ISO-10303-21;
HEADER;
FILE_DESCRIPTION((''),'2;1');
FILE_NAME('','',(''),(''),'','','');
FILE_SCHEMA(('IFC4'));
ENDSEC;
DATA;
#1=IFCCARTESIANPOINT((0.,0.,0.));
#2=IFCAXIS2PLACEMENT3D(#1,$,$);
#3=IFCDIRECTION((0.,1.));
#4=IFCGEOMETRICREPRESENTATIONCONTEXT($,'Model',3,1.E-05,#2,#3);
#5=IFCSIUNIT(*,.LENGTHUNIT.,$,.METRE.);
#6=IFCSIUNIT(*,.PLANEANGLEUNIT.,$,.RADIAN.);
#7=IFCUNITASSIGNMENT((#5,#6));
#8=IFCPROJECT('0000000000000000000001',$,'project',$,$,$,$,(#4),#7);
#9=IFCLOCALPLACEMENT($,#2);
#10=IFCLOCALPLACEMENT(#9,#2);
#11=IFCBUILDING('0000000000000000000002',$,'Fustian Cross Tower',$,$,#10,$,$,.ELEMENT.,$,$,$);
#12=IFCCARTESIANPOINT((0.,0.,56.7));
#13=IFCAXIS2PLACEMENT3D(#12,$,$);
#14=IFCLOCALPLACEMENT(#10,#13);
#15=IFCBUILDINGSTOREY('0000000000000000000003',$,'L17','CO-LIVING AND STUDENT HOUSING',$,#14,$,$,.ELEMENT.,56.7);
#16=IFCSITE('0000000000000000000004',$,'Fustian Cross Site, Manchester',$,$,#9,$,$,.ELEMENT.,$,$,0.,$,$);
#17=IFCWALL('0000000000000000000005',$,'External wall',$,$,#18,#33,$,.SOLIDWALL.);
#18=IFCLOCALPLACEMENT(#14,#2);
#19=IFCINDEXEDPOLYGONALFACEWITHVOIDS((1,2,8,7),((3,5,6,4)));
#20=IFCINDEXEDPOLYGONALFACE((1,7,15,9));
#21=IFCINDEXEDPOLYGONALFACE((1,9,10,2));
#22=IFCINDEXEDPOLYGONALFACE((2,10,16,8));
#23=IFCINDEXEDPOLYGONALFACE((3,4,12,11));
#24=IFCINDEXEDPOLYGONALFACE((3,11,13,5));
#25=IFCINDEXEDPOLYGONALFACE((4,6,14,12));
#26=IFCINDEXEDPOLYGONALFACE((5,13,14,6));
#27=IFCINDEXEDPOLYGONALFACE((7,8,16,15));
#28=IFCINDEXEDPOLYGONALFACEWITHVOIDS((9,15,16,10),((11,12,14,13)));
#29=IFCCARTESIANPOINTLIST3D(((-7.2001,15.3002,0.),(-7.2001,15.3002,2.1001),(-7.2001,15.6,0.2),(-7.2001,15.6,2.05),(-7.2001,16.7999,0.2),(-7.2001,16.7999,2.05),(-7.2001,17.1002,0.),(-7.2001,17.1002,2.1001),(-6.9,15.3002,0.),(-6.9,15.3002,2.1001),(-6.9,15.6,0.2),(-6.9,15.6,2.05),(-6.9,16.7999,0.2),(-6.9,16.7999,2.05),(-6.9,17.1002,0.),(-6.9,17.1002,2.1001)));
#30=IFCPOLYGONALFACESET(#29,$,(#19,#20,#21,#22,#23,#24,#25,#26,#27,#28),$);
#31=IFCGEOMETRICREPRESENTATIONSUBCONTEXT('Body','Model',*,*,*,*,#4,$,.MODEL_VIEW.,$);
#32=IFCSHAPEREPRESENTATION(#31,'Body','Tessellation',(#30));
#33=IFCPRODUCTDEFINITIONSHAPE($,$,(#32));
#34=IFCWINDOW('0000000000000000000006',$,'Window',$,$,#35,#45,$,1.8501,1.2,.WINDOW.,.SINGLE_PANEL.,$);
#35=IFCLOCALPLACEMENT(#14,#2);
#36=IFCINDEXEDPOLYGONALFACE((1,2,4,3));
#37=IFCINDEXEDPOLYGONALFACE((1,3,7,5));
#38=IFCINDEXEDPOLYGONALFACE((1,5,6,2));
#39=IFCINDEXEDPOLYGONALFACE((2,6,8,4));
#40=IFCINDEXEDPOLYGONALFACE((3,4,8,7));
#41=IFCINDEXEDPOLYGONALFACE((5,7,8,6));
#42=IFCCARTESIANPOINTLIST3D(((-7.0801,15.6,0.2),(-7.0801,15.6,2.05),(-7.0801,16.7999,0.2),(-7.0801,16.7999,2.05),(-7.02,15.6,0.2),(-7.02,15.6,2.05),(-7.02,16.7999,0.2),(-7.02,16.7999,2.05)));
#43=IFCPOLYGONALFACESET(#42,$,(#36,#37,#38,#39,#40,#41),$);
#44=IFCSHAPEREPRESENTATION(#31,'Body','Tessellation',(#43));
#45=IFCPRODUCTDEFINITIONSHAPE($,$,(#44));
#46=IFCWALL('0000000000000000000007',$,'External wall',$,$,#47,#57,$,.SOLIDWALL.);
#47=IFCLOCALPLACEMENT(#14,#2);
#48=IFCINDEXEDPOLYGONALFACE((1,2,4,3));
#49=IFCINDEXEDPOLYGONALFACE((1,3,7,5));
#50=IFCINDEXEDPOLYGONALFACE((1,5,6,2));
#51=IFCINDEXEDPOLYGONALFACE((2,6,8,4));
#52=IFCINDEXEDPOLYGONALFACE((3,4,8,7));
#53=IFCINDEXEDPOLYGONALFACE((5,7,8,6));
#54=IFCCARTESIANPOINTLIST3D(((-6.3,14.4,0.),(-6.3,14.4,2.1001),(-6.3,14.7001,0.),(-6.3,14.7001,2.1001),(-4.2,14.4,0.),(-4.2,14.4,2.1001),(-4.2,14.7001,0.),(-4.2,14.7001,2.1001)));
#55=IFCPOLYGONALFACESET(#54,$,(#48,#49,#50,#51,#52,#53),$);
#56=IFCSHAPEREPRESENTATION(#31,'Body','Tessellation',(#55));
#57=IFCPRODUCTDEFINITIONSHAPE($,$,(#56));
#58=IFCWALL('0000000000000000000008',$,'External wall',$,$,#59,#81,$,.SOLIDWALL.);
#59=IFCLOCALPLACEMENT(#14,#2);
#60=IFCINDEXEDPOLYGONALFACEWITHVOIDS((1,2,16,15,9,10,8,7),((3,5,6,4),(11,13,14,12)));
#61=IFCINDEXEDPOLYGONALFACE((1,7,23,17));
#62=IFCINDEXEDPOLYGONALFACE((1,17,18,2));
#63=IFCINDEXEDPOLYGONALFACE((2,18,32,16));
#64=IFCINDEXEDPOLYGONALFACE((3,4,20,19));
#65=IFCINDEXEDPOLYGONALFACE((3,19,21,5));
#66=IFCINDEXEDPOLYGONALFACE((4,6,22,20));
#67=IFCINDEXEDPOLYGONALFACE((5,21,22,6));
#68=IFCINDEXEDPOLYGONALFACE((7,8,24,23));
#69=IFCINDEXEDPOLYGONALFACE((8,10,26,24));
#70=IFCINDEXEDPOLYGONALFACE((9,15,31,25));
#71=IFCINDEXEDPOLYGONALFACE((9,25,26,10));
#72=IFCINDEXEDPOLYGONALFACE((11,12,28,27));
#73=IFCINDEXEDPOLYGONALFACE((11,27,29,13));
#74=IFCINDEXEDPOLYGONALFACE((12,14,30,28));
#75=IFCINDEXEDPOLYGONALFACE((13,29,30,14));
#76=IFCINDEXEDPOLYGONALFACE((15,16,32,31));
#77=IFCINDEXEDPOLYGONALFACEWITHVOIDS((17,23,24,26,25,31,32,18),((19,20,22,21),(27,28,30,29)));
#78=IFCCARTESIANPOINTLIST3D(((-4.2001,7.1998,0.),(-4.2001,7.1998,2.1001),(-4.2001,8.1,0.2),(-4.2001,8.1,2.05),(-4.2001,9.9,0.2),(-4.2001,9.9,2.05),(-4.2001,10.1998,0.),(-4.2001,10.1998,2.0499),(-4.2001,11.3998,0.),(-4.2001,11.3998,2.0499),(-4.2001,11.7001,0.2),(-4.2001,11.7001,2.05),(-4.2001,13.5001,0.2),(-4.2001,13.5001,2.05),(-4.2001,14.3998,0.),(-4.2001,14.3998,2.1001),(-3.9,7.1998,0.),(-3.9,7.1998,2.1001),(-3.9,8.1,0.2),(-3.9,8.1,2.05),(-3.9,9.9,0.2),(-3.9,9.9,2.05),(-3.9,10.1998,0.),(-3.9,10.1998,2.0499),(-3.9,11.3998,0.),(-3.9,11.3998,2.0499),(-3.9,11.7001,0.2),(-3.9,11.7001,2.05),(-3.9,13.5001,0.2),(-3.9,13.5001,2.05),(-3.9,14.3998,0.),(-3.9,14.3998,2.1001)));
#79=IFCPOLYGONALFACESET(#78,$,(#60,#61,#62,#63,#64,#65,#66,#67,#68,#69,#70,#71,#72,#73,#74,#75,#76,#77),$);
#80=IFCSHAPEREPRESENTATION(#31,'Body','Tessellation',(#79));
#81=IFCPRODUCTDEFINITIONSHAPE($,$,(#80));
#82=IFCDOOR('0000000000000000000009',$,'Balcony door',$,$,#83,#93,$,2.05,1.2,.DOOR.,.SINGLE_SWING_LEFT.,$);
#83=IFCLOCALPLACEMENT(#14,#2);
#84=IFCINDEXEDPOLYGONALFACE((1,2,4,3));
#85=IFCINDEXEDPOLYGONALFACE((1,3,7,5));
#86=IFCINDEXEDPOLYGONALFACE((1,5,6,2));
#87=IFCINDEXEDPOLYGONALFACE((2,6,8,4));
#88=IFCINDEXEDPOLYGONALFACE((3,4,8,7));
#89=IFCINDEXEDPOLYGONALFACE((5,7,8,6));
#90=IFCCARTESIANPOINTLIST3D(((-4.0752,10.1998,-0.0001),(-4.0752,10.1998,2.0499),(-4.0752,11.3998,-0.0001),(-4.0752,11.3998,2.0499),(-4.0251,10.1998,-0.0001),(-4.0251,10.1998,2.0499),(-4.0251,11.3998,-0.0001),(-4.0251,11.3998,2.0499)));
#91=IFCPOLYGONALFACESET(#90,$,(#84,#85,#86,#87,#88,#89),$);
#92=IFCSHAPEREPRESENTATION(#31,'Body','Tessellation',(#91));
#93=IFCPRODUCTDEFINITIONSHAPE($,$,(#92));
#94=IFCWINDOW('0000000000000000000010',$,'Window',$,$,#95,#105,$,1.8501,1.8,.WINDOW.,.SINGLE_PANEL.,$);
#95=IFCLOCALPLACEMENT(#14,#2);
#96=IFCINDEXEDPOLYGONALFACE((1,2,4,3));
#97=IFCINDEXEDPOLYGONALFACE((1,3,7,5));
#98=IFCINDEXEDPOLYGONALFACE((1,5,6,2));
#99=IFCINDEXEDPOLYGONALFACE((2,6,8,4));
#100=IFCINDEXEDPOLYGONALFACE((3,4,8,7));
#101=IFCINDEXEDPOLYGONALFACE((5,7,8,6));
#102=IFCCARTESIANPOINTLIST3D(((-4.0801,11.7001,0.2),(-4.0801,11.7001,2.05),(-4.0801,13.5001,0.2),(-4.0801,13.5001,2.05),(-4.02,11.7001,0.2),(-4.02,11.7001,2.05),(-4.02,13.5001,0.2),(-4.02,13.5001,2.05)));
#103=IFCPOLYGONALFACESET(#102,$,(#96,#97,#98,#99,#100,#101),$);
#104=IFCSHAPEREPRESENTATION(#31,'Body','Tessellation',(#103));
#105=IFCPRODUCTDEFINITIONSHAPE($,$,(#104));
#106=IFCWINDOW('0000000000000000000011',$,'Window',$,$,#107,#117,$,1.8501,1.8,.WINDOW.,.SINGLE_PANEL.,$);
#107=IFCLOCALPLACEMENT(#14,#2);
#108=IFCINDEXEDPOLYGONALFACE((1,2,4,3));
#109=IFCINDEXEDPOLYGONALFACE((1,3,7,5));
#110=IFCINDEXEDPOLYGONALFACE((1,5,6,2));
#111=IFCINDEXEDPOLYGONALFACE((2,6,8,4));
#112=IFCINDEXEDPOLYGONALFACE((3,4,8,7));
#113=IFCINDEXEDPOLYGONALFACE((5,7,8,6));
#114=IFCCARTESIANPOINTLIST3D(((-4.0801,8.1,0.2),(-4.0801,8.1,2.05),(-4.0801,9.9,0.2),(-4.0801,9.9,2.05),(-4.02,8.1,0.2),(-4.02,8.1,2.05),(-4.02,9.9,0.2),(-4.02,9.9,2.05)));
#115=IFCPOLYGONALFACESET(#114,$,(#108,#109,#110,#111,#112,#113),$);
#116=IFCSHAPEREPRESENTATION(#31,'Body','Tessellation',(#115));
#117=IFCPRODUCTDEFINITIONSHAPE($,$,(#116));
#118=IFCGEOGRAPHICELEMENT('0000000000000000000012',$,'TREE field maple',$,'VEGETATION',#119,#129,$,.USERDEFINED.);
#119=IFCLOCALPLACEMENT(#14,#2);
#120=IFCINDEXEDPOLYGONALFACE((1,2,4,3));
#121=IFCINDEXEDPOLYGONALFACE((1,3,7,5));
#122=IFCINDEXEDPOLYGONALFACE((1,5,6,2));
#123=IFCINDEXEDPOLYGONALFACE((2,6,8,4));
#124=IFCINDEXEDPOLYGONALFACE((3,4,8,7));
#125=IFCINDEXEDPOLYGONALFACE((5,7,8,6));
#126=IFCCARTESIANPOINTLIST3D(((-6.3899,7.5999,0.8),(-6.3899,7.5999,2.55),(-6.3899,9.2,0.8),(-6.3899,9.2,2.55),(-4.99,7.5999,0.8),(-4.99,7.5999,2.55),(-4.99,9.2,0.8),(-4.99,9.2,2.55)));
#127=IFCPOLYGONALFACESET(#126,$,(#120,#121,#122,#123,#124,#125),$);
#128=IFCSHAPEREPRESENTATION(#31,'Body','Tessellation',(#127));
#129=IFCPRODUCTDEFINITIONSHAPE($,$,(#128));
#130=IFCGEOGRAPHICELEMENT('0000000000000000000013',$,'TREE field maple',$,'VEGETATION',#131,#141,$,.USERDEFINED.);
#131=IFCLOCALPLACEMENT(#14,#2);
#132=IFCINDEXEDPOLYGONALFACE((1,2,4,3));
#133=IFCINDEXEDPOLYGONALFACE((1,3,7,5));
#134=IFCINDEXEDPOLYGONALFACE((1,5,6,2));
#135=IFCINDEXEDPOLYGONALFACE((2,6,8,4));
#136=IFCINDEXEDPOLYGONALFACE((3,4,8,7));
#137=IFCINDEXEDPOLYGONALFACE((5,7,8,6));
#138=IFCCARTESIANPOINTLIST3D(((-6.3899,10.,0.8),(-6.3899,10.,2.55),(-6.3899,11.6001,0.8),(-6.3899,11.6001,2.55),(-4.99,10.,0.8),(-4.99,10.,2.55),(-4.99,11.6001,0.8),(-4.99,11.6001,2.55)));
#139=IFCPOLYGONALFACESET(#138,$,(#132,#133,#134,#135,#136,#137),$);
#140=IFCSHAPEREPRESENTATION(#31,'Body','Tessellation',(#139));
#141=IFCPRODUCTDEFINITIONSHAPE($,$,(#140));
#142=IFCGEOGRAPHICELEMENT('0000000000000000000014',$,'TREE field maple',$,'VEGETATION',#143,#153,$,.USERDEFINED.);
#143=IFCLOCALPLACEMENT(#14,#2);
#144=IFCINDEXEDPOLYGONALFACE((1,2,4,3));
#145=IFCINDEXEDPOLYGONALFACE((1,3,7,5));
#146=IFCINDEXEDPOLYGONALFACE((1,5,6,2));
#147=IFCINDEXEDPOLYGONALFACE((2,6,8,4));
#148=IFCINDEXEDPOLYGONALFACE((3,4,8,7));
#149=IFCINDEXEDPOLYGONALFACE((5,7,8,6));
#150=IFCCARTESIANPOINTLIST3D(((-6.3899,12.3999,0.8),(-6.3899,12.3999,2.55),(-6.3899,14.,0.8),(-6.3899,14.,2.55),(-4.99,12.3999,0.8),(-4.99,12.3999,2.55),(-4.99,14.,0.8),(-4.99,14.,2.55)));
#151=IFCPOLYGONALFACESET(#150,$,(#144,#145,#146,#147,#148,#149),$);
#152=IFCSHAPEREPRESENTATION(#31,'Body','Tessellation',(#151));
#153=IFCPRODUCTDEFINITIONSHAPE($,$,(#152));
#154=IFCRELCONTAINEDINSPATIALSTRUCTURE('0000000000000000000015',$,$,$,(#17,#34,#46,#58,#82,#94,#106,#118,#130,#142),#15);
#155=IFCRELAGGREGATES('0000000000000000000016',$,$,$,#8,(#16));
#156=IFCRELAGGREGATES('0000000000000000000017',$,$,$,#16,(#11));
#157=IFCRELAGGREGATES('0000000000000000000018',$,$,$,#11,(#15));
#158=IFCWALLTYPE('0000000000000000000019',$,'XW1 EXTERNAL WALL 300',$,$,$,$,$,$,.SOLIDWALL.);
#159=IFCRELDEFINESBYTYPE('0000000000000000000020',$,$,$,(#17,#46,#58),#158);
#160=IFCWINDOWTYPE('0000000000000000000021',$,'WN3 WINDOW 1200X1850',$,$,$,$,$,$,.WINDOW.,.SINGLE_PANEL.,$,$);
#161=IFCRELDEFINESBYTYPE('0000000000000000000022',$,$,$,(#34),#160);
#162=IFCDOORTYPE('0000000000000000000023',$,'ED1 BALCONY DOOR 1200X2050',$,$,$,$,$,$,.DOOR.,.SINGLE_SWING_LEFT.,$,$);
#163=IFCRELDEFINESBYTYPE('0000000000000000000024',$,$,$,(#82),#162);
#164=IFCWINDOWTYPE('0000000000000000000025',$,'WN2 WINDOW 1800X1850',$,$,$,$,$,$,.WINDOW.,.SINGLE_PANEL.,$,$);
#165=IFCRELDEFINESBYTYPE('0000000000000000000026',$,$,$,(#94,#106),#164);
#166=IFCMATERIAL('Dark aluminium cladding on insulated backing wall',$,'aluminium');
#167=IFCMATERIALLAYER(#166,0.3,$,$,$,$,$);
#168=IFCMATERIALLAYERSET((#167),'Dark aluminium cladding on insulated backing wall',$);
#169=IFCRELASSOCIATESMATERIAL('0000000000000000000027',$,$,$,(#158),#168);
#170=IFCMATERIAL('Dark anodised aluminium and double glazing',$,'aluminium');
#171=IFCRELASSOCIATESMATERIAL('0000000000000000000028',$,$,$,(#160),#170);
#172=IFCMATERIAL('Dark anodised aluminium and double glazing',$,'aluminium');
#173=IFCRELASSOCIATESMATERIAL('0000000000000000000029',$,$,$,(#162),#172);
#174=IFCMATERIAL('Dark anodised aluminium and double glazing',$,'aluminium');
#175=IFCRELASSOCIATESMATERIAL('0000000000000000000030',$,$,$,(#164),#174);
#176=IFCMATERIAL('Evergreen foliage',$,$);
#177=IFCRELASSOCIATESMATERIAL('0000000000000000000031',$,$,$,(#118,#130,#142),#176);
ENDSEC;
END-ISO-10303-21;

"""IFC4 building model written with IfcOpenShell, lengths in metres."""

from ifc_helpers import new_model, si_unit, direction, frame, frame_2d, origin, origin_2d, place, context, subcontext, project, spatial, rectangle, extrude, material, layer, layer_set, type_object, element, fill, save


model = new_model("IFC4")

# Units and contexts
model_context = context("Model", 3, precision=1e-05, world=origin(), true_north=direction((0.0, 1.0)))
body_context = subcontext(model_context, "Body", "Model", "MODEL_VIEW")
ifc_project = project(units=[si_unit("LENGTHUNIT", "METRE"), si_unit("PLANEANGLEUNIT", "RADIAN")], contexts=[model_context])

# Site, building, storey
site_placement = place(None, origin())
site = spatial("IfcSite", under=ifc_project, at=site_placement, Name="Fustian Cross Site, Manchester", CompositionType="ELEMENT", RefElevation=0.0)
building_placement = place(site_placement, origin())
building = spatial("IfcBuilding", under=site, at=building_placement, Name="Fustian Cross Tower", CompositionType="ELEMENT")
storey_placement = place(building_placement, frame((0.0, 0.0, 56.7)))
storey = spatial("IfcBuildingStorey", under=building, at=storey_placement, Name="L17", Description="CO-LIVING AND STUDENT HOUSING", CompositionType="ELEMENT", Elevation=56.7)

# Wall, opening, window
ifc_material_1 = material(Name="Dark aluminium cladding on insulated backing wall", Category="aluminium")
ifc_layer_1 = layer(ifc_material_1, 0.3)
ifc_layer_set_1 = layer_set([ifc_layer_1], Name="Dark aluminium cladding on insulated backing wall")
wall_type_1 = type_object("IfcWallType", Name="XW1 EXTERNAL WALL 300", PredefinedType="SOLIDWALL", material=ifc_layer_set_1)
wall_1_placement = place(storey_placement, frame((-7.05, 17.1001, 0.0), z_axis=(0.0, 0.0, 1.0), x_axis=(0.0, -1.0, 0.0)))
wall_1 = element("IfcWall", 1, at=wall_1_placement, inside=storey, type_object=wall_type_1, Name="External wall", PredefinedType="SOLIDWALL", context=body_context, shape_type="SweptSolid", body=[
    extrude(rectangle(XDim=1.8, YDim=0.3, at=frame_2d((0.8999, 0.0))), origin(), (0.0, 0.0, 1.0), 2.1001),
])
opening_1_placement = place(wall_1_placement, frame((0.3, 0.0, 0.2)))
opening_1 = element("IfcOpeningElement", 2, at=opening_1_placement, cuts=wall_1, PredefinedType="OPENING", context=body_context, shape_type="SweptSolid", body=[
    extrude(rectangle(XDim=1.2, YDim=1.8501, at=frame_2d((0.6001, 0.925))), frame((0.0, 0.1599, 0.0), z_axis=(0.0, -1.0, 0.0), x_axis=(1.0, 0.0, 0.0)), (0.0, 0.0, 1.0), 0.3201),
])
ifc_material_2 = material(Name="Dark anodised aluminium and double glazing", Category="aluminium")
window_type_1 = type_object("IfcWindowType", Name="WN3 WINDOW 1200X1850", PartitioningType="SINGLE_PANEL", PredefinedType="WINDOW", material=ifc_material_2)
window_1_placement = place(opening_1_placement, origin())
window_1 = element("IfcWindow", 3, at=window_1_placement, inside=storey, type_object=window_type_1, Name="Window", OverallHeight=1.8501, OverallWidth=1.2, PartitioningType="SINGLE_PANEL", PredefinedType="WINDOW", context=body_context, shape_type="SweptSolid", body=[
    extrude(rectangle(XDim=1.2, YDim=1.8501, at=frame_2d((0.6001, 0.925))), frame((0.0, 0.03, 0.0), z_axis=(0.0, -1.0, 0.0), x_axis=(1.0, 0.0, 0.0)), (0.0, 0.0, 1.0), 0.0601),
])
fill(opening_1, window_1)

# Wall
wall_2_placement = place(storey_placement, frame((-6.3, 14.55, 0.0), z_axis=(0.0, 0.0, 1.0), x_axis=(1.0, 0.0, 0.0)))
element("IfcWall", 4, at=wall_2_placement, inside=storey, type_object=wall_type_1, Name="External wall", PredefinedType="SOLIDWALL", context=body_context, shape_type="SweptSolid", body=[
    extrude(rectangle(XDim=2.1001, YDim=0.3, at=frame_2d((1.05, 0.0))), origin(), (0.0, 0.0, 1.0), 2.1001),
])

# Wall, openings, door, windows
wall_3_placement = place(storey_placement, frame((-4.05, 14.3999, 0.0), z_axis=(0.0, 0.0, 1.0), x_axis=(0.0, -1.0, 0.0)))
wall_3 = element("IfcWall", 5, at=wall_3_placement, inside=storey, type_object=wall_type_1, Name="External wall", PredefinedType="SOLIDWALL", context=body_context, shape_type="SweptSolid", body=[
    extrude(rectangle(XDim=7.2, YDim=0.3, at=frame_2d((3.6001, 0.0))), origin(), (0.0, 0.0, 1.0), 2.1001),
])
opening_2_placement = place(wall_3_placement, frame((3.0, 0.0, 0.0)))
opening_2 = element("IfcOpeningElement", 6, at=opening_2_placement, cuts=wall_3, PredefinedType="OPENING", context=body_context, shape_type="SweptSolid", body=[
    extrude(rectangle(XDim=1.2, YDim=2.05, at=frame_2d((0.6001, 1.0249))), frame((0.0, 0.1599, 0.0), z_axis=(0.0, -1.0, 0.0), x_axis=(1.0, 0.0, 0.0)), (0.0, 0.0, 1.0), 0.3201),
])
opening_3_placement = place(wall_3_placement, frame((0.8999, 0.0, 0.2)))
opening_3 = element("IfcOpeningElement", 7, at=opening_3_placement, cuts=wall_3, PredefinedType="OPENING", context=body_context, shape_type="SweptSolid", body=[
    extrude(rectangle(XDim=1.8, YDim=1.8501, at=frame_2d((0.8999, 0.925))), frame((0.0, 0.1599, 0.0), z_axis=(0.0, -1.0, 0.0), x_axis=(1.0, 0.0, 0.0)), (0.0, 0.0, 1.0), 0.3201),
])
opening_4_placement = place(wall_3_placement, frame((4.5, 0.0, 0.2)))
opening_4 = element("IfcOpeningElement", 8, at=opening_4_placement, cuts=wall_3, PredefinedType="OPENING", context=body_context, shape_type="SweptSolid", body=[
    extrude(rectangle(XDim=1.8, YDim=1.8501, at=frame_2d((0.8999, 0.925))), frame((0.0, 0.1599, 0.0), z_axis=(0.0, -1.0, 0.0), x_axis=(1.0, 0.0, 0.0)), (0.0, 0.0, 1.0), 0.3201),
])
ifc_material_3 = material(Name="Dark anodised aluminium and double glazing", Category="aluminium")
door_type_1 = type_object("IfcDoorType", Name="ED1 BALCONY DOOR 1200X2050", OperationType="SINGLE_SWING_LEFT", PredefinedType="DOOR", material=ifc_material_3)
door_1_placement = place(opening_2_placement, origin())
door_1 = element("IfcDoor", 9, at=door_1_placement, inside=storey, type_object=door_type_1, Name="Balcony door", OperationType="SINGLE_SWING_LEFT", OverallHeight=2.05, OverallWidth=1.2, PredefinedType="DOOR", context=body_context, shape_type="SweptSolid", body=[
    extrude(rectangle(XDim=1.2, YDim=2.05, at=frame_2d((0.6001, 1.0249))), frame((0.0, 0.0249, 0.0), z_axis=(0.0, -1.0, 0.0), x_axis=(1.0, 0.0, 0.0)), (0.0, 0.0, 1.0), 0.05),
])
fill(opening_2, door_1)
ifc_material_4 = material(Name="Dark anodised aluminium and double glazing", Category="aluminium")
window_type_2 = type_object("IfcWindowType", Name="WN2 WINDOW 1800X1850", PartitioningType="SINGLE_PANEL", PredefinedType="WINDOW", material=ifc_material_4)
window_2_placement = place(opening_3_placement, origin())
window_2 = element("IfcWindow", 10, at=window_2_placement, inside=storey, type_object=window_type_2, Name="Window", OverallHeight=1.8501, OverallWidth=1.8, PartitioningType="SINGLE_PANEL", PredefinedType="WINDOW", context=body_context, shape_type="SweptSolid", body=[
    extrude(rectangle(XDim=1.8, YDim=1.8501, at=frame_2d((0.8999, 0.925))), frame((0.0, 0.03, 0.0), z_axis=(0.0, -1.0, 0.0), x_axis=(1.0, 0.0, 0.0)), (0.0, 0.0, 1.0), 0.0601),
])
fill(opening_3, window_2)
window_3_placement = place(opening_4_placement, origin())
window_3 = element("IfcWindow", 11, at=window_3_placement, inside=storey, type_object=window_type_2, Name="Window", OverallHeight=1.8501, OverallWidth=1.8, PartitioningType="SINGLE_PANEL", PredefinedType="WINDOW", context=body_context, shape_type="SweptSolid", body=[
    extrude(rectangle(XDim=1.8, YDim=1.8501, at=frame_2d((0.8999, 0.925))), frame((0.0, 0.03, 0.0), z_axis=(0.0, -1.0, 0.0), x_axis=(1.0, 0.0, 0.0)), (0.0, 0.0, 1.0), 0.0601),
])
fill(opening_4, window_3)

# Geographic elements
ifc_material_5 = material(Name="Evergreen foliage")
for number, where, z_axis, x_axis, name in (
    (12, (-5.6899, 8.3999, 0.8), (0.0, 0.0, 1.0), (1.0, 0.0, 0.0), "TREE field maple"),
    (13, (-5.6899, 10.8, 0.8), (0.0, 0.0, 1.0), (1.0, 0.0, 0.0), "TREE field maple"),
    (14, (-5.6899, 13.2, 0.8), (0.0, 0.0, 1.0), (1.0, 0.0, 0.0), "TREE field maple"),
):
    element("IfcGeographicElement", number, at=place(storey_placement, frame(where, z_axis=z_axis, x_axis=x_axis)), inside=storey, material=ifc_material_5, Name=name, ObjectType="VEGETATION", PredefinedType="USERDEFINED", context=body_context, shape_type="SweptSolid", body=[
        extrude(rectangle(XDim=1.3999, YDim=1.6001, at=origin_2d()), origin(), (0.0, 0.0, 1.0), 1.75),
    ])

save(model, "model.ifc")
